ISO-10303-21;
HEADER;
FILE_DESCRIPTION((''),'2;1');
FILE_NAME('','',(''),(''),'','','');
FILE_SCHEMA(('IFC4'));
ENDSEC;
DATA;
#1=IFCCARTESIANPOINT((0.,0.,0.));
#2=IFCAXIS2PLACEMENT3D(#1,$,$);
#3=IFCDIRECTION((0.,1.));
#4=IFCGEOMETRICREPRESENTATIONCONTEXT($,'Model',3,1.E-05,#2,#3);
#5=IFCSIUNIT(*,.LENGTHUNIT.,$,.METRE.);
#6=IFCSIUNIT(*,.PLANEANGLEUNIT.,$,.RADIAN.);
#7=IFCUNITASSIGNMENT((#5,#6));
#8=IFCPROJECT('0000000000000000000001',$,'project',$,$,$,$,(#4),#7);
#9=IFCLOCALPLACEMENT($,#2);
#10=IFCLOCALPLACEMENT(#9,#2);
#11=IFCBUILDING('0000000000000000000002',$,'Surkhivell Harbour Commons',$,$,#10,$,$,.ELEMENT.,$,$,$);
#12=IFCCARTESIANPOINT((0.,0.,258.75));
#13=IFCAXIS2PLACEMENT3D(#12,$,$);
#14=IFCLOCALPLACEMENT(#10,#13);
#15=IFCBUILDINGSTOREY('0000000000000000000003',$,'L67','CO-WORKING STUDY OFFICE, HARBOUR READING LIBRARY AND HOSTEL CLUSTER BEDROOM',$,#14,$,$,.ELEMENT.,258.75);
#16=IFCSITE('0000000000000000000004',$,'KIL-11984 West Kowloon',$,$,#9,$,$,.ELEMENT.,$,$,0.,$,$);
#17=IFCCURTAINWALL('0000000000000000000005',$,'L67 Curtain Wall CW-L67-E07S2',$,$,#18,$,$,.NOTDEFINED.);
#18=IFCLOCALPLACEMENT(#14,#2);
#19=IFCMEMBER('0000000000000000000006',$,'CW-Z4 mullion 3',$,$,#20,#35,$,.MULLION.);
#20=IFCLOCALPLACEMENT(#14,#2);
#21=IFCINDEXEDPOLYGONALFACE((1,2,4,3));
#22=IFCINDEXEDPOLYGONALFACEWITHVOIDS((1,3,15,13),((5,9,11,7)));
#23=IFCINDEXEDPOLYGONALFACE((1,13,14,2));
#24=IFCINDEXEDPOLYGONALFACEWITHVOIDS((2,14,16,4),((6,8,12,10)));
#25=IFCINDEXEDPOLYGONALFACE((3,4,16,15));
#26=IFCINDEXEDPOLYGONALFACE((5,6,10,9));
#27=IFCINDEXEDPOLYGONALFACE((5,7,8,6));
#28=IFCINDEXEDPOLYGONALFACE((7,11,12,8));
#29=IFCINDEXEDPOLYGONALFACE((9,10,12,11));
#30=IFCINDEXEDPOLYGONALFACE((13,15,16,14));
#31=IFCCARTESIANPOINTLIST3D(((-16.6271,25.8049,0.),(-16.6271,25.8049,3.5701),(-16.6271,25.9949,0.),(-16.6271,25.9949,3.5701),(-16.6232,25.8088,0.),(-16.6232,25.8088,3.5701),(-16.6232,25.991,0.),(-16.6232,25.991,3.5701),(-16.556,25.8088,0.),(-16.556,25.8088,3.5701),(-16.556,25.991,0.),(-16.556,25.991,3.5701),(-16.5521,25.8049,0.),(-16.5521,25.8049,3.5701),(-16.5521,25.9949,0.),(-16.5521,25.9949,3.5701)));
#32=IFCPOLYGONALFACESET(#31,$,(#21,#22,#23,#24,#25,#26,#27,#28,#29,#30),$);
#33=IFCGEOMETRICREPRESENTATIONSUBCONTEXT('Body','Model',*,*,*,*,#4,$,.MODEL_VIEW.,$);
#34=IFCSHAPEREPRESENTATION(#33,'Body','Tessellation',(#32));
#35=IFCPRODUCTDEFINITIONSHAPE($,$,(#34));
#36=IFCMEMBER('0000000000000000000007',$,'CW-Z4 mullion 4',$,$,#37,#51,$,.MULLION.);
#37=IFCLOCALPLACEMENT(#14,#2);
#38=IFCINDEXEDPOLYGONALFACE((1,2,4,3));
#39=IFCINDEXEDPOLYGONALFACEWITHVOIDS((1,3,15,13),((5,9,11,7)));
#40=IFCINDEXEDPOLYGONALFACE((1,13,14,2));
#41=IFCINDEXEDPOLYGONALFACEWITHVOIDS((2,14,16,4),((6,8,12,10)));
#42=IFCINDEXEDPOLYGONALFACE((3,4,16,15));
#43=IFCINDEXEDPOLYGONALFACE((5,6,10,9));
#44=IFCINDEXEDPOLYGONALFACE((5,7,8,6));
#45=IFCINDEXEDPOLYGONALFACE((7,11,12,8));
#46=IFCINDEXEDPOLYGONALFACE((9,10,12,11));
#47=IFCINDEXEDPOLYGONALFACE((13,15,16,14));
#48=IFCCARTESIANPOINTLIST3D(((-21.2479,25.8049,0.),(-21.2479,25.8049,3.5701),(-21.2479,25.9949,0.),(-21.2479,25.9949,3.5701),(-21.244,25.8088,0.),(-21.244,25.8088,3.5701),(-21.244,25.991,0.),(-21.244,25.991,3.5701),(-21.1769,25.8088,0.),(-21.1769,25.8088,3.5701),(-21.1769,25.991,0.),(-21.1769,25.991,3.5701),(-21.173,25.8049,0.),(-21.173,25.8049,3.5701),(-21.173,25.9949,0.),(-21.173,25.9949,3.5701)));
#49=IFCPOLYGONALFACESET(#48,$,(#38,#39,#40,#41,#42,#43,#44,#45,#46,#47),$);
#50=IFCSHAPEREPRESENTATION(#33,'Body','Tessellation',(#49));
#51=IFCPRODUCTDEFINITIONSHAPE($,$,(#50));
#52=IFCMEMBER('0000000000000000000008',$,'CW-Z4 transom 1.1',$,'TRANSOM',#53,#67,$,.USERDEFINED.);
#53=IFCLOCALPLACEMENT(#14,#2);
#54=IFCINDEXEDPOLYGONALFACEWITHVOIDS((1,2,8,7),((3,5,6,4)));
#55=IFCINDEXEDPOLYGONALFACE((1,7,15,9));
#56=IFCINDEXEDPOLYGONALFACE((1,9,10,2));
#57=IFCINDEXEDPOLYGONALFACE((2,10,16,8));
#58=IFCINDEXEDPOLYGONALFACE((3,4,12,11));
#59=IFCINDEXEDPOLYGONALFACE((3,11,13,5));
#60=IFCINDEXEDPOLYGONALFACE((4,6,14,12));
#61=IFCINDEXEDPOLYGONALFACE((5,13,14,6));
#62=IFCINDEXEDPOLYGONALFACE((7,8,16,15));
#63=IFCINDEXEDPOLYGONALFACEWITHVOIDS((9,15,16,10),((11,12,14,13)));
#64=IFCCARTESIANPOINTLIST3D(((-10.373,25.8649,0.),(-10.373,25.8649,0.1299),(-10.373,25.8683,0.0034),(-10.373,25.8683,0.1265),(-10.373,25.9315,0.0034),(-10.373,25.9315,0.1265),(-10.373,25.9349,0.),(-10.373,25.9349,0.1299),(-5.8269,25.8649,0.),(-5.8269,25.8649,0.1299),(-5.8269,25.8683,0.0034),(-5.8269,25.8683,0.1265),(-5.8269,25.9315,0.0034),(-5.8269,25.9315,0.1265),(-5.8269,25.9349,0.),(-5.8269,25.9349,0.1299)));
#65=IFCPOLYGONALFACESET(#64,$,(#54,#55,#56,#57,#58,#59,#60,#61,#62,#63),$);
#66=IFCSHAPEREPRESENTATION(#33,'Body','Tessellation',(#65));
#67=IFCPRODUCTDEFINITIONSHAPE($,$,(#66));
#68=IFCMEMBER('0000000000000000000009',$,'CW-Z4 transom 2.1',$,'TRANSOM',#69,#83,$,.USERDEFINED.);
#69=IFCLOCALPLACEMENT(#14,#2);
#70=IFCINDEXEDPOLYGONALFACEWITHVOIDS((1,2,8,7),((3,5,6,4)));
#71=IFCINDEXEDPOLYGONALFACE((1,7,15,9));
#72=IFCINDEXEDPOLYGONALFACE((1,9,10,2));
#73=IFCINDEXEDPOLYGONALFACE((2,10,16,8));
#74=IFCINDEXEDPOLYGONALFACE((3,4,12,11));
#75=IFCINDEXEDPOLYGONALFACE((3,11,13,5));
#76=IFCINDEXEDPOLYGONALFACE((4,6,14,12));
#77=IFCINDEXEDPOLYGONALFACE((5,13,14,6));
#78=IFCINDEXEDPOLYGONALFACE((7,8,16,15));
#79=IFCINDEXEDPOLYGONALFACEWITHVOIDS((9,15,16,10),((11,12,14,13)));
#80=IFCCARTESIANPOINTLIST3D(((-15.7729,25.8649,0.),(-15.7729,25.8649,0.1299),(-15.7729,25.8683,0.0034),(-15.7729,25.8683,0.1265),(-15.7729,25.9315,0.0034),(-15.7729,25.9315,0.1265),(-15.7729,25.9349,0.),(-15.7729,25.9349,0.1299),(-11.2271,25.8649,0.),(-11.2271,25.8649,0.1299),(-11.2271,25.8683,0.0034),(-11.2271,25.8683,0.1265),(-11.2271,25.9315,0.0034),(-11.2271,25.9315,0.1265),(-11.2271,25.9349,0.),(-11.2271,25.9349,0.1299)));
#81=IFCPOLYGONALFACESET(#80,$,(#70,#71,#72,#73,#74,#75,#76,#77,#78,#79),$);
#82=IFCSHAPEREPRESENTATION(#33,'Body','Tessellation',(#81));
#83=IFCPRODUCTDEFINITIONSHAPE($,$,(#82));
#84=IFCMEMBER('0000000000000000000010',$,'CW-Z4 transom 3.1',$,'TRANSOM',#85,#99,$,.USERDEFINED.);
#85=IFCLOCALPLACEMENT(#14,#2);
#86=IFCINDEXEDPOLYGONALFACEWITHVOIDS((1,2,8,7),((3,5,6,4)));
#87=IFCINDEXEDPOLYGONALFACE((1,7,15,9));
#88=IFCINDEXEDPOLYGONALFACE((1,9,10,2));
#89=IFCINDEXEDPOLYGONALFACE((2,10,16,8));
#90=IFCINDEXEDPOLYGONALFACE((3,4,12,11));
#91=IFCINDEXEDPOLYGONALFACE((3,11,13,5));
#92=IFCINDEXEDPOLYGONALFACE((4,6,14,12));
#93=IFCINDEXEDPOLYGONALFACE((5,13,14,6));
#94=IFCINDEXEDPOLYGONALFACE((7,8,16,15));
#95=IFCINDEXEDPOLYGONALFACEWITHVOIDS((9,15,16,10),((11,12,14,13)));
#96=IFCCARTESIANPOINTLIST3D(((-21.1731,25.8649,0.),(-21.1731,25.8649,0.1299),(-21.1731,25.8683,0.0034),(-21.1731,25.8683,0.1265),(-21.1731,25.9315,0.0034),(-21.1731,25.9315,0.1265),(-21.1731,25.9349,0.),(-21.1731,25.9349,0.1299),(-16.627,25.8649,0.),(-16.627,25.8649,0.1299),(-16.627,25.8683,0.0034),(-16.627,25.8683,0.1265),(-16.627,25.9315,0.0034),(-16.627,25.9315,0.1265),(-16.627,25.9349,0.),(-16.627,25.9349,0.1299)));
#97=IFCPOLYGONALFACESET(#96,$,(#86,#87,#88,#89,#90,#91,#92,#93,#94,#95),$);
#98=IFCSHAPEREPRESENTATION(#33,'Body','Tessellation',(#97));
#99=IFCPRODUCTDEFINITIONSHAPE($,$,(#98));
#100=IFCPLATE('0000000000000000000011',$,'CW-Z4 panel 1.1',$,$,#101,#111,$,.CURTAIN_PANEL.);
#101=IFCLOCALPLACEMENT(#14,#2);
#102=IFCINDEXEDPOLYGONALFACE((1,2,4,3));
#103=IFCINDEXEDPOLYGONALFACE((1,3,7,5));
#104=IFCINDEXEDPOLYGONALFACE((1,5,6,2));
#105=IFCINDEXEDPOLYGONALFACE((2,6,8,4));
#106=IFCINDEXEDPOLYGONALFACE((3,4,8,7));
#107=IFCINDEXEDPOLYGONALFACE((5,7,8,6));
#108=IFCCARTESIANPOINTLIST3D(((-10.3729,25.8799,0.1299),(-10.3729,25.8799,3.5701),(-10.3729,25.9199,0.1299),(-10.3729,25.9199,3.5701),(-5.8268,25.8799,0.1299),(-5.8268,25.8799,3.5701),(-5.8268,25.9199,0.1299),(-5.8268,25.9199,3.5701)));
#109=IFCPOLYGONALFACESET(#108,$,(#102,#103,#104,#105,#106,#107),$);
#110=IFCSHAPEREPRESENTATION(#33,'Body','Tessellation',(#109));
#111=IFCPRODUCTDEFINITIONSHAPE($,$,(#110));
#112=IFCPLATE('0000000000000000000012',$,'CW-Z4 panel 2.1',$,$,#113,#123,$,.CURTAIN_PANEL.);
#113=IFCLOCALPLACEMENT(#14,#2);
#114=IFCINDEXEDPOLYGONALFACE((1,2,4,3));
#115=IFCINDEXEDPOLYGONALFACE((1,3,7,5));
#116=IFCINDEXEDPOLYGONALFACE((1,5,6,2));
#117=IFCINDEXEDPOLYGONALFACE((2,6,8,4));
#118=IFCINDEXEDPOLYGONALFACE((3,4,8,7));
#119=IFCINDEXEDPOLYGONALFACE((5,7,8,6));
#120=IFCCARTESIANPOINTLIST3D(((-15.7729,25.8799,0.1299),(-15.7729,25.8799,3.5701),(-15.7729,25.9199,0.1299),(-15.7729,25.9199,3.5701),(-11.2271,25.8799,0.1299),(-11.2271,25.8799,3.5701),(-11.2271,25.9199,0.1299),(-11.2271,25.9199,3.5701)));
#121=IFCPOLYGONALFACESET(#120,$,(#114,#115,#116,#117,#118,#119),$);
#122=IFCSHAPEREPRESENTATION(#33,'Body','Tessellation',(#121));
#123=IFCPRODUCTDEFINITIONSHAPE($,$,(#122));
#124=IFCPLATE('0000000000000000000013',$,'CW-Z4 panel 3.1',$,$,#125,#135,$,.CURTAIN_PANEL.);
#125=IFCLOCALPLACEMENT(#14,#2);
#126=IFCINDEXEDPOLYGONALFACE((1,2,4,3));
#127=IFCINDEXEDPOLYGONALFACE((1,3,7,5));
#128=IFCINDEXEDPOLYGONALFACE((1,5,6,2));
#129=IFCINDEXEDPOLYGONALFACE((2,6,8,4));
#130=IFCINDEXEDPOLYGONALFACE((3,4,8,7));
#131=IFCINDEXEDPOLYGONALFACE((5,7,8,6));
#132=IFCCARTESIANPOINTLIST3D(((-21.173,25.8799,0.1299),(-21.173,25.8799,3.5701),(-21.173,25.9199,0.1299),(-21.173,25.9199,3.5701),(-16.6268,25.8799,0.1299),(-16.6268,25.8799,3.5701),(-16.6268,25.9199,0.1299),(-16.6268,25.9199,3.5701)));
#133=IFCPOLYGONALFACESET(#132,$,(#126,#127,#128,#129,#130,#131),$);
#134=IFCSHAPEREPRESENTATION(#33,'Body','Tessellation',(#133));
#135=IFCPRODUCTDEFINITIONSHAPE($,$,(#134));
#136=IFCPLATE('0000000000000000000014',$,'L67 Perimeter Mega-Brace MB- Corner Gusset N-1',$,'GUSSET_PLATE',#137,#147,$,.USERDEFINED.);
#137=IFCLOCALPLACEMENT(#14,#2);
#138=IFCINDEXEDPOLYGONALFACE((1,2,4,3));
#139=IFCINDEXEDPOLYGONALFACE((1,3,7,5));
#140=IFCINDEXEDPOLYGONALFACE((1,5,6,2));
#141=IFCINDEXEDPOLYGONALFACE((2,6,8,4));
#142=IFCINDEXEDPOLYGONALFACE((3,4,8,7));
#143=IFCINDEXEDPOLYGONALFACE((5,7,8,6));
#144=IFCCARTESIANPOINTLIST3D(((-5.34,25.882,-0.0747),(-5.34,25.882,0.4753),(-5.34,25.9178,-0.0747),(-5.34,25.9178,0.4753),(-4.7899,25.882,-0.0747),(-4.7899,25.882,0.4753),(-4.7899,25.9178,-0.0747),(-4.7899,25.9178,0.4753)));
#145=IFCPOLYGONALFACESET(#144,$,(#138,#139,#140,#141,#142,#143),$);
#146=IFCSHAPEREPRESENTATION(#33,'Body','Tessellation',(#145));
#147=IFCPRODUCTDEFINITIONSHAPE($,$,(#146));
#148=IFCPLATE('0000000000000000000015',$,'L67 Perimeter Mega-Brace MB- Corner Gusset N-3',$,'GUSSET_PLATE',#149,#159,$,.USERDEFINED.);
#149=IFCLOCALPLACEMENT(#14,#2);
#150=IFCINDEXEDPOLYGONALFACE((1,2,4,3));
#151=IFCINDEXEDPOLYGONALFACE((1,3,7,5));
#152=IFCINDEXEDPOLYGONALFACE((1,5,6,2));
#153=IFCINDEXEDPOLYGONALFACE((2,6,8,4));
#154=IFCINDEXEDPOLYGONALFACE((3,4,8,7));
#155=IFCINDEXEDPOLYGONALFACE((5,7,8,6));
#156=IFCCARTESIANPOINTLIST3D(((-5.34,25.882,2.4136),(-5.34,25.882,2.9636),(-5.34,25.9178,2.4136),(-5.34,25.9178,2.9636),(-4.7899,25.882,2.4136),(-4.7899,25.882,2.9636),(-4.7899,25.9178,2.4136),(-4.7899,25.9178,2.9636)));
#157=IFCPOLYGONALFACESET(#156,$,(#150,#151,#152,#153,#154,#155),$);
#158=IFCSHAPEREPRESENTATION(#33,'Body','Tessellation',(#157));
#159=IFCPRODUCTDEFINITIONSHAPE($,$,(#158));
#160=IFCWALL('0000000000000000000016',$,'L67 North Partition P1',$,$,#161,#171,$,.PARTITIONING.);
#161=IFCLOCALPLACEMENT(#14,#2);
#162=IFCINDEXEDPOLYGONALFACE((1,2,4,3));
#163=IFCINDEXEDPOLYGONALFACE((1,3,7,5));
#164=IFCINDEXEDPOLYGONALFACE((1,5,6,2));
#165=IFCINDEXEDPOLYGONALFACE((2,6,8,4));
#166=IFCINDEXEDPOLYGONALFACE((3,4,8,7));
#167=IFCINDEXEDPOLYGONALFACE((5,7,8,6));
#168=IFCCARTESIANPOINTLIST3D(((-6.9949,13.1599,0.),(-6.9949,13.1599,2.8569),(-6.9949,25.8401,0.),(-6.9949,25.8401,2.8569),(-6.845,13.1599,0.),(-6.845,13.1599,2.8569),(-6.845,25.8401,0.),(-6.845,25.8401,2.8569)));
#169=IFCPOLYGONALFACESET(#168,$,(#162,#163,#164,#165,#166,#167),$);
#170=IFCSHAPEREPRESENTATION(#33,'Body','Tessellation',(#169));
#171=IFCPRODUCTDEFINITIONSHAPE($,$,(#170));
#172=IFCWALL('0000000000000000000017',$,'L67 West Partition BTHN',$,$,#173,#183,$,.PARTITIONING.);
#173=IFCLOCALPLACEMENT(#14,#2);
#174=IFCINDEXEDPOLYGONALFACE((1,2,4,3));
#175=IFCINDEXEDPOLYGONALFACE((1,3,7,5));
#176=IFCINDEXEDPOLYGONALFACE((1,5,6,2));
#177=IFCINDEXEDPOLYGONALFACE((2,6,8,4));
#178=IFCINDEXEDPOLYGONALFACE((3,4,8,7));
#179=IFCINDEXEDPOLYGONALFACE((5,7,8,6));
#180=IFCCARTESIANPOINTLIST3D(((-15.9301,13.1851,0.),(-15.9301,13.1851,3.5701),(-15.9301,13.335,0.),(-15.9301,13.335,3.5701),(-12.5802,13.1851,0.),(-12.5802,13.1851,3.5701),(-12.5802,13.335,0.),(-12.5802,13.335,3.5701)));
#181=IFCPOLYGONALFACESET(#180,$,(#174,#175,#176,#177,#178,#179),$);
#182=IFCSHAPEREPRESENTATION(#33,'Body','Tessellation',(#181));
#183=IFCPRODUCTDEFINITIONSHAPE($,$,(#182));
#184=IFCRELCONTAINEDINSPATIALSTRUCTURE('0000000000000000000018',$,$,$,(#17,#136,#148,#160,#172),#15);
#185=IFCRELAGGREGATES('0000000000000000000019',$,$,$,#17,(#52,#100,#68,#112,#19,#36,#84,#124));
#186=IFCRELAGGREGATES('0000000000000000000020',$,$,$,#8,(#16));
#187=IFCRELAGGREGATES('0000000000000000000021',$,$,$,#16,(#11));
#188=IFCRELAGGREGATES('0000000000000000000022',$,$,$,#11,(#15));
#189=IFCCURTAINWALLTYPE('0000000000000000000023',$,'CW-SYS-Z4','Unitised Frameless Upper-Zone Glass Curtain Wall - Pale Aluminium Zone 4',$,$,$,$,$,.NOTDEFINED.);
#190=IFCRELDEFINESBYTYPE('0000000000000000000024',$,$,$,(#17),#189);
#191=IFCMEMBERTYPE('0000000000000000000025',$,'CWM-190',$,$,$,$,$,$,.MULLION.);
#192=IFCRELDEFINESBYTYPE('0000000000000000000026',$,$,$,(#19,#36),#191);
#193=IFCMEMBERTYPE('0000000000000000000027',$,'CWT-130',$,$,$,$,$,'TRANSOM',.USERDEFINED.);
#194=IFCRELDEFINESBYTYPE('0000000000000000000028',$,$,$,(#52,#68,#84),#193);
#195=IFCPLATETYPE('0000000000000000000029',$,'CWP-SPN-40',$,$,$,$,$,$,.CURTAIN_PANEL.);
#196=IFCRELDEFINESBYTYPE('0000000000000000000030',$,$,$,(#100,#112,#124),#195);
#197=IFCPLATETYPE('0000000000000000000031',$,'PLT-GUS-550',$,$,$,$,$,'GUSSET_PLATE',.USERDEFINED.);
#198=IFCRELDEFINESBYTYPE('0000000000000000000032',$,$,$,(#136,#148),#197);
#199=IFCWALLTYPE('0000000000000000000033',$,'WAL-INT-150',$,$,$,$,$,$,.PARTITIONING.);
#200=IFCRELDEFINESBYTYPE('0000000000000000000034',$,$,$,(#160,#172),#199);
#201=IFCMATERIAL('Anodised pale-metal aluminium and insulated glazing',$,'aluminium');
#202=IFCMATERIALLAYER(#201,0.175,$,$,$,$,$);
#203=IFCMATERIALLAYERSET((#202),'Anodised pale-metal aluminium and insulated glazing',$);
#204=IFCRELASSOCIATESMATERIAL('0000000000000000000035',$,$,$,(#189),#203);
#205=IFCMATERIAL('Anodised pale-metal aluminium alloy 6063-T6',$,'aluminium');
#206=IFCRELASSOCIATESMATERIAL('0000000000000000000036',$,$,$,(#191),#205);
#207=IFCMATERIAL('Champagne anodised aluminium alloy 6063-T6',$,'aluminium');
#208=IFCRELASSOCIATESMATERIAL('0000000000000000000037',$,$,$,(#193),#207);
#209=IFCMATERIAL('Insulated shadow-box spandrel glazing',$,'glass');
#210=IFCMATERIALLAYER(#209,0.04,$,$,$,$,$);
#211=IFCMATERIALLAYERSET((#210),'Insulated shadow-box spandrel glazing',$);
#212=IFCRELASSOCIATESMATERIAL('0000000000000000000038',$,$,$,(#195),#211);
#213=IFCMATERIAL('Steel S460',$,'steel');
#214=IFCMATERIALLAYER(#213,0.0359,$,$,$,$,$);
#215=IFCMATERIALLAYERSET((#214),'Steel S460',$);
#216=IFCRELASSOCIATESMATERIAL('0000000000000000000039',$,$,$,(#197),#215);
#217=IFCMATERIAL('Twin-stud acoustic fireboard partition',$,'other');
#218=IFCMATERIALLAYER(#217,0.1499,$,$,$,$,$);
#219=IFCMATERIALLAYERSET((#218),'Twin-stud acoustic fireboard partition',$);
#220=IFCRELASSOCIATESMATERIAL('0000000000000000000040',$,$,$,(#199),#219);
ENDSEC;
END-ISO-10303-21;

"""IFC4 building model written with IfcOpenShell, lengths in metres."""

from ifc_helpers import new_model, si_unit, direction, frame, frame_2d, origin, origin_2d, place, context, subcontext, project, spatial, rectangle, hollow_rectangle, extrude, material, layer, layer_set, material_profile, profile_set, type_object, element, aggregate, save


model = new_model("IFC4")

# Units and contexts
model_context = context("Model", 3, precision=1e-05, world=origin(), true_north=direction((0.0, 1.0)))
body_context = subcontext(model_context, "Body", "Model", "MODEL_VIEW")
ifc_project = project(units=[si_unit("LENGTHUNIT", "METRE"), si_unit("PLANEANGLEUNIT", "RADIAN")], contexts=[model_context])

# Site, building, storey
site_placement = place(None, origin())
site = spatial("IfcSite", under=ifc_project, at=site_placement, Name="KIL-11984 West Kowloon", CompositionType="ELEMENT", RefElevation=0.0)
building_placement = place(site_placement, origin())
building = spatial("IfcBuilding", under=site, at=building_placement, Name="Surkhivell Harbour Commons", CompositionType="ELEMENT")
storey_placement = place(building_placement, frame((0.0, 0.0, 258.75)))
storey = spatial("IfcBuildingStorey", under=building, at=storey_placement, Name="L67", Description="CO-WORKING STUDY OFFICE, HARBOUR READING LIBRARY AND HOSTEL CLUSTER BEDROOM", CompositionType="ELEMENT", Elevation=258.75)

# Curtain wall, members, plates
ifc_material_1 = material(Name="Anodised pale-metal aluminium and insulated glazing", Category="aluminium")
ifc_layer_1 = layer(ifc_material_1, 0.175)
ifc_layer_set_1 = layer_set([ifc_layer_1], Name="Anodised pale-metal aluminium and insulated glazing")
curtain_wall_type = type_object("IfcCurtainWallType", Name="CW-SYS-Z4", Description="Unitised Frameless Upper-Zone Glass Curtain Wall - Pale Aluminium Zone 4", PredefinedType="NOTDEFINED", material=ifc_layer_set_1)
curtain_wall_placement = place(storey_placement, origin())
curtain_wall = element("IfcCurtainWall", 1, at=curtain_wall_placement, inside=storey, type_object=curtain_wall_type, Name="L67 Curtain Wall CW-L67-E07S2", PredefinedType="NOTDEFINED")
ifc_material_2 = material(Name="Anodised pale-metal aluminium alloy 6063-T6", Category="aluminium")
ifc_material_profile_1 = material_profile(ifc_material_2, hollow_rectangle(XDim=0.075, YDim=0.1899, WallThickness=0.0039, at=origin_2d()), Name="ALU-MULL-75x190")
ifc_profile_set_1 = profile_set([ifc_material_profile_1], Name="Anodised pale-metal aluminium alloy 6063-T6")
member_type_1 = type_object("IfcMemberType", Name="CWM-190", PredefinedType="MULLION", material=ifc_profile_set_1)
member_1_placement = place(storey_placement, frame((-16.5896, 25.8999, 0.0), z_axis=(0.0, 0.0, 1.0), x_axis=(-1.0, 0.0, 0.0)))
member_1 = element("IfcMember", 2, at=member_1_placement, type_object=member_type_1, Name="CW-Z4 mullion 3", PredefinedType="MULLION", context=body_context, shape_type="SweptSolid", body=[
    extrude(hollow_rectangle(XDim=0.075, YDim=0.1899, WallThickness=0.0039, at=origin_2d()), origin(), (0.0, 0.0, 1.0), 3.5701),
])
member_2_placement = place(storey_placement, frame((-21.2104, 25.8999, 0.0), z_axis=(0.0, 0.0, 1.0), x_axis=(-1.0, 0.0, 0.0)))
member_2 = element("IfcMember", 3, at=member_2_placement, type_object=member_type_1, Name="CW-Z4 mullion 4", PredefinedType="MULLION", context=body_context, shape_type="SweptSolid", body=[
    extrude(hollow_rectangle(XDim=0.075, YDim=0.1899, WallThickness=0.0039, at=origin_2d()), origin(), (0.0, 0.0, 1.0), 3.5701),
])
ifc_material_3 = material(Name="Champagne anodised aluminium alloy 6063-T6", Category="aluminium")
ifc_material_profile_2 = material_profile(ifc_material_3, hollow_rectangle(XDim=0.0701, YDim=0.1299, WallThickness=0.0034, at=origin_2d()), Name="ALU-TRAN-70x130")
ifc_profile_set_2 = profile_set([ifc_material_profile_2], Name="Champagne anodised aluminium alloy 6063-T6")
member_type_2 = type_object("IfcMemberType", Name="CWT-130", ElementType="TRANSOM", PredefinedType="USERDEFINED", material=ifc_profile_set_2)
member_3_placement = place(storey_placement, frame((-5.8269, 25.8999, 0.0649), z_axis=(-1.0, 0.0, 0.0), x_axis=(0.0, -1.0, 0.0)))
member_3 = element("IfcMember", 4, at=member_3_placement, type_object=member_type_2, Name="CW-Z4 transom 1.1", ObjectType="TRANSOM", PredefinedType="USERDEFINED", context=body_context, shape_type="SweptSolid", body=[
    extrude(hollow_rectangle(XDim=0.0701, YDim=0.1299, WallThickness=0.0034, at=origin_2d()), origin(), (0.0, 0.0, 1.0), 4.5461),
])
member_4_placement = place(storey_placement, frame((-11.2271, 25.8999, 0.0649), z_axis=(-1.0, 0.0, 0.0), x_axis=(0.0, -1.0, 0.0)))
member_4 = element("IfcMember", 5, at=member_4_placement, type_object=member_type_2, Name="CW-Z4 transom 2.1", ObjectType="TRANSOM", PredefinedType="USERDEFINED", context=body_context, shape_type="SweptSolid", body=[
    extrude(hollow_rectangle(XDim=0.0701, YDim=0.1299, WallThickness=0.0034, at=origin_2d()), origin(), (0.0, 0.0, 1.0), 4.5459),
])
member_5_placement = place(storey_placement, frame((-16.627, 25.8999, 0.0649), z_axis=(-1.0, 0.0, 0.0), x_axis=(0.0, -1.0, 0.0)))
member_5 = element("IfcMember", 6, at=member_5_placement, type_object=member_type_2, Name="CW-Z4 transom 3.1", ObjectType="TRANSOM", PredefinedType="USERDEFINED", context=body_context, shape_type="SweptSolid", body=[
    extrude(hollow_rectangle(XDim=0.0701, YDim=0.1299, WallThickness=0.0034, at=origin_2d()), origin(), (0.0, 0.0, 1.0), 4.5461),
])
ifc_material_4 = material(Name="Insulated shadow-box spandrel glazing", Category="glass")
ifc_layer_2 = layer(ifc_material_4, 0.04)
ifc_layer_set_2 = layer_set([ifc_layer_2], Name="Insulated shadow-box spandrel glazing")
plate_type_1 = type_object("IfcPlateType", Name="CWP-SPN-40", PredefinedType="CURTAIN_PANEL", material=ifc_layer_set_2)
plate_1_placement = place(storey_placement, frame((-5.8269, 25.8999, 0.1299), z_axis=(0.0, 0.0, 1.0), x_axis=(-1.0, 0.0, 0.0)))
plate_1 = element("IfcPlate", 7, at=plate_1_placement, type_object=plate_type_1, Name="CW-Z4 panel 1.1", PredefinedType="CURTAIN_PANEL", context=body_context, shape_type="SweptSolid", body=[
    extrude(rectangle(XDim=4.5461, YDim=0.04, at=frame_2d((2.2729, 0.0))), origin(), (0.0, 0.0, 1.0), 3.4402),
])
plate_2_placement = place(storey_placement, frame((-11.2271, 25.8999, 0.1299), z_axis=(0.0, 0.0, 1.0), x_axis=(-1.0, 0.0, 0.0)))
plate_2 = element("IfcPlate", 8, at=plate_2_placement, type_object=plate_type_1, Name="CW-Z4 panel 2.1", PredefinedType="CURTAIN_PANEL", context=body_context, shape_type="SweptSolid", body=[
    extrude(rectangle(XDim=4.5459, YDim=0.04, at=frame_2d((2.2729, 0.0))), origin(), (0.0, 0.0, 1.0), 3.4402),
])
plate_3_placement = place(storey_placement, frame((-16.627, 25.8999, 0.1299), z_axis=(0.0, 0.0, 1.0), x_axis=(-1.0, 0.0, 0.0)))
plate_3 = element("IfcPlate", 9, at=plate_3_placement, type_object=plate_type_1, Name="CW-Z4 panel 3.1", PredefinedType="CURTAIN_PANEL", context=body_context, shape_type="SweptSolid", body=[
    extrude(rectangle(XDim=4.5461, YDim=0.04, at=frame_2d((2.2729, 0.0))), origin(), (0.0, 0.0, 1.0), 3.4402),
])
aggregate(curtain_wall, [member_3, plate_1, member_4, plate_2, member_1, member_2, member_5, plate_3])

# Plates
ifc_material_5 = material(Name="Steel S460", Category="steel")
ifc_layer_3 = layer(ifc_material_5, 0.0359)
ifc_layer_set_3 = layer_set([ifc_layer_3], Name="Steel S460")
plate_type_2 = type_object("IfcPlateType", Name="PLT-GUS-550", ElementType="GUSSET_PLATE", PredefinedType="USERDEFINED", material=ifc_layer_set_3)
for number, where, z_axis, x_axis, name in (
    (10, (-5.0649, 25.8999, -0.0747), (0.0, 0.0, 1.0), (1.0, 0.0, 0.0), "L67 Perimeter Mega-Brace MB- Corner Gusset N-1"),
    (11, (-5.0649, 25.8999, 2.4136), (0.0, 0.0, 1.0), (1.0, 0.0, 0.0), "L67 Perimeter Mega-Brace MB- Corner Gusset N-3"),
):
    element("IfcPlate", number, at=place(storey_placement, frame(where, z_axis=z_axis, x_axis=x_axis)), inside=storey, type_object=plate_type_2, Name=name, ObjectType="GUSSET_PLATE", PredefinedType="USERDEFINED", context=body_context, shape_type="SweptSolid", body=[
        extrude(rectangle(XDim=0.55, YDim=0.0359, at=origin_2d()), origin(), (0.0, 0.0, 1.0), 0.55),
    ])

# Walls
ifc_material_6 = material(Name="Twin-stud acoustic fireboard partition", Category="other")
ifc_layer_4 = layer(ifc_material_6, 0.1499)
ifc_layer_set_4 = layer_set([ifc_layer_4], Name="Twin-stud acoustic fireboard partition")
wall_type = type_object("IfcWallType", Name="WAL-INT-150", PredefinedType="PARTITIONING", material=ifc_layer_set_4)
wall_1_placement = place(storey_placement, frame((-6.9199, 13.1599, 0.0), z_axis=(0.0, 0.0, 1.0), x_axis=(0.0, 1.0, 0.0)))
element("IfcWall", 12, at=wall_1_placement, inside=storey, type_object=wall_type, Name="L67 North Partition P1", PredefinedType="PARTITIONING", context=body_context, shape_type="SweptSolid", body=[
    extrude(rectangle(XDim=12.6802, YDim=0.1499, at=frame_2d((6.3401, 0.0))), origin(), (0.0, 0.0, 1.0), 2.8569),
])
wall_2_placement = place(storey_placement, frame((-15.9299, 13.26, 0.0), z_axis=(0.0, 0.0, 1.0), x_axis=(1.0, 0.0, 0.0)))
element("IfcWall", 13, at=wall_2_placement, inside=storey, type_object=wall_type, Name="L67 West Partition BTHN", PredefinedType="PARTITIONING", context=body_context, shape_type="SweptSolid", body=[
    extrude(rectangle(XDim=3.3499, YDim=0.1499, at=frame_2d((1.6748, 0.0))), origin(), (0.0, 0.0, 1.0), 3.5701),
])

save(model, "model.ifc")
